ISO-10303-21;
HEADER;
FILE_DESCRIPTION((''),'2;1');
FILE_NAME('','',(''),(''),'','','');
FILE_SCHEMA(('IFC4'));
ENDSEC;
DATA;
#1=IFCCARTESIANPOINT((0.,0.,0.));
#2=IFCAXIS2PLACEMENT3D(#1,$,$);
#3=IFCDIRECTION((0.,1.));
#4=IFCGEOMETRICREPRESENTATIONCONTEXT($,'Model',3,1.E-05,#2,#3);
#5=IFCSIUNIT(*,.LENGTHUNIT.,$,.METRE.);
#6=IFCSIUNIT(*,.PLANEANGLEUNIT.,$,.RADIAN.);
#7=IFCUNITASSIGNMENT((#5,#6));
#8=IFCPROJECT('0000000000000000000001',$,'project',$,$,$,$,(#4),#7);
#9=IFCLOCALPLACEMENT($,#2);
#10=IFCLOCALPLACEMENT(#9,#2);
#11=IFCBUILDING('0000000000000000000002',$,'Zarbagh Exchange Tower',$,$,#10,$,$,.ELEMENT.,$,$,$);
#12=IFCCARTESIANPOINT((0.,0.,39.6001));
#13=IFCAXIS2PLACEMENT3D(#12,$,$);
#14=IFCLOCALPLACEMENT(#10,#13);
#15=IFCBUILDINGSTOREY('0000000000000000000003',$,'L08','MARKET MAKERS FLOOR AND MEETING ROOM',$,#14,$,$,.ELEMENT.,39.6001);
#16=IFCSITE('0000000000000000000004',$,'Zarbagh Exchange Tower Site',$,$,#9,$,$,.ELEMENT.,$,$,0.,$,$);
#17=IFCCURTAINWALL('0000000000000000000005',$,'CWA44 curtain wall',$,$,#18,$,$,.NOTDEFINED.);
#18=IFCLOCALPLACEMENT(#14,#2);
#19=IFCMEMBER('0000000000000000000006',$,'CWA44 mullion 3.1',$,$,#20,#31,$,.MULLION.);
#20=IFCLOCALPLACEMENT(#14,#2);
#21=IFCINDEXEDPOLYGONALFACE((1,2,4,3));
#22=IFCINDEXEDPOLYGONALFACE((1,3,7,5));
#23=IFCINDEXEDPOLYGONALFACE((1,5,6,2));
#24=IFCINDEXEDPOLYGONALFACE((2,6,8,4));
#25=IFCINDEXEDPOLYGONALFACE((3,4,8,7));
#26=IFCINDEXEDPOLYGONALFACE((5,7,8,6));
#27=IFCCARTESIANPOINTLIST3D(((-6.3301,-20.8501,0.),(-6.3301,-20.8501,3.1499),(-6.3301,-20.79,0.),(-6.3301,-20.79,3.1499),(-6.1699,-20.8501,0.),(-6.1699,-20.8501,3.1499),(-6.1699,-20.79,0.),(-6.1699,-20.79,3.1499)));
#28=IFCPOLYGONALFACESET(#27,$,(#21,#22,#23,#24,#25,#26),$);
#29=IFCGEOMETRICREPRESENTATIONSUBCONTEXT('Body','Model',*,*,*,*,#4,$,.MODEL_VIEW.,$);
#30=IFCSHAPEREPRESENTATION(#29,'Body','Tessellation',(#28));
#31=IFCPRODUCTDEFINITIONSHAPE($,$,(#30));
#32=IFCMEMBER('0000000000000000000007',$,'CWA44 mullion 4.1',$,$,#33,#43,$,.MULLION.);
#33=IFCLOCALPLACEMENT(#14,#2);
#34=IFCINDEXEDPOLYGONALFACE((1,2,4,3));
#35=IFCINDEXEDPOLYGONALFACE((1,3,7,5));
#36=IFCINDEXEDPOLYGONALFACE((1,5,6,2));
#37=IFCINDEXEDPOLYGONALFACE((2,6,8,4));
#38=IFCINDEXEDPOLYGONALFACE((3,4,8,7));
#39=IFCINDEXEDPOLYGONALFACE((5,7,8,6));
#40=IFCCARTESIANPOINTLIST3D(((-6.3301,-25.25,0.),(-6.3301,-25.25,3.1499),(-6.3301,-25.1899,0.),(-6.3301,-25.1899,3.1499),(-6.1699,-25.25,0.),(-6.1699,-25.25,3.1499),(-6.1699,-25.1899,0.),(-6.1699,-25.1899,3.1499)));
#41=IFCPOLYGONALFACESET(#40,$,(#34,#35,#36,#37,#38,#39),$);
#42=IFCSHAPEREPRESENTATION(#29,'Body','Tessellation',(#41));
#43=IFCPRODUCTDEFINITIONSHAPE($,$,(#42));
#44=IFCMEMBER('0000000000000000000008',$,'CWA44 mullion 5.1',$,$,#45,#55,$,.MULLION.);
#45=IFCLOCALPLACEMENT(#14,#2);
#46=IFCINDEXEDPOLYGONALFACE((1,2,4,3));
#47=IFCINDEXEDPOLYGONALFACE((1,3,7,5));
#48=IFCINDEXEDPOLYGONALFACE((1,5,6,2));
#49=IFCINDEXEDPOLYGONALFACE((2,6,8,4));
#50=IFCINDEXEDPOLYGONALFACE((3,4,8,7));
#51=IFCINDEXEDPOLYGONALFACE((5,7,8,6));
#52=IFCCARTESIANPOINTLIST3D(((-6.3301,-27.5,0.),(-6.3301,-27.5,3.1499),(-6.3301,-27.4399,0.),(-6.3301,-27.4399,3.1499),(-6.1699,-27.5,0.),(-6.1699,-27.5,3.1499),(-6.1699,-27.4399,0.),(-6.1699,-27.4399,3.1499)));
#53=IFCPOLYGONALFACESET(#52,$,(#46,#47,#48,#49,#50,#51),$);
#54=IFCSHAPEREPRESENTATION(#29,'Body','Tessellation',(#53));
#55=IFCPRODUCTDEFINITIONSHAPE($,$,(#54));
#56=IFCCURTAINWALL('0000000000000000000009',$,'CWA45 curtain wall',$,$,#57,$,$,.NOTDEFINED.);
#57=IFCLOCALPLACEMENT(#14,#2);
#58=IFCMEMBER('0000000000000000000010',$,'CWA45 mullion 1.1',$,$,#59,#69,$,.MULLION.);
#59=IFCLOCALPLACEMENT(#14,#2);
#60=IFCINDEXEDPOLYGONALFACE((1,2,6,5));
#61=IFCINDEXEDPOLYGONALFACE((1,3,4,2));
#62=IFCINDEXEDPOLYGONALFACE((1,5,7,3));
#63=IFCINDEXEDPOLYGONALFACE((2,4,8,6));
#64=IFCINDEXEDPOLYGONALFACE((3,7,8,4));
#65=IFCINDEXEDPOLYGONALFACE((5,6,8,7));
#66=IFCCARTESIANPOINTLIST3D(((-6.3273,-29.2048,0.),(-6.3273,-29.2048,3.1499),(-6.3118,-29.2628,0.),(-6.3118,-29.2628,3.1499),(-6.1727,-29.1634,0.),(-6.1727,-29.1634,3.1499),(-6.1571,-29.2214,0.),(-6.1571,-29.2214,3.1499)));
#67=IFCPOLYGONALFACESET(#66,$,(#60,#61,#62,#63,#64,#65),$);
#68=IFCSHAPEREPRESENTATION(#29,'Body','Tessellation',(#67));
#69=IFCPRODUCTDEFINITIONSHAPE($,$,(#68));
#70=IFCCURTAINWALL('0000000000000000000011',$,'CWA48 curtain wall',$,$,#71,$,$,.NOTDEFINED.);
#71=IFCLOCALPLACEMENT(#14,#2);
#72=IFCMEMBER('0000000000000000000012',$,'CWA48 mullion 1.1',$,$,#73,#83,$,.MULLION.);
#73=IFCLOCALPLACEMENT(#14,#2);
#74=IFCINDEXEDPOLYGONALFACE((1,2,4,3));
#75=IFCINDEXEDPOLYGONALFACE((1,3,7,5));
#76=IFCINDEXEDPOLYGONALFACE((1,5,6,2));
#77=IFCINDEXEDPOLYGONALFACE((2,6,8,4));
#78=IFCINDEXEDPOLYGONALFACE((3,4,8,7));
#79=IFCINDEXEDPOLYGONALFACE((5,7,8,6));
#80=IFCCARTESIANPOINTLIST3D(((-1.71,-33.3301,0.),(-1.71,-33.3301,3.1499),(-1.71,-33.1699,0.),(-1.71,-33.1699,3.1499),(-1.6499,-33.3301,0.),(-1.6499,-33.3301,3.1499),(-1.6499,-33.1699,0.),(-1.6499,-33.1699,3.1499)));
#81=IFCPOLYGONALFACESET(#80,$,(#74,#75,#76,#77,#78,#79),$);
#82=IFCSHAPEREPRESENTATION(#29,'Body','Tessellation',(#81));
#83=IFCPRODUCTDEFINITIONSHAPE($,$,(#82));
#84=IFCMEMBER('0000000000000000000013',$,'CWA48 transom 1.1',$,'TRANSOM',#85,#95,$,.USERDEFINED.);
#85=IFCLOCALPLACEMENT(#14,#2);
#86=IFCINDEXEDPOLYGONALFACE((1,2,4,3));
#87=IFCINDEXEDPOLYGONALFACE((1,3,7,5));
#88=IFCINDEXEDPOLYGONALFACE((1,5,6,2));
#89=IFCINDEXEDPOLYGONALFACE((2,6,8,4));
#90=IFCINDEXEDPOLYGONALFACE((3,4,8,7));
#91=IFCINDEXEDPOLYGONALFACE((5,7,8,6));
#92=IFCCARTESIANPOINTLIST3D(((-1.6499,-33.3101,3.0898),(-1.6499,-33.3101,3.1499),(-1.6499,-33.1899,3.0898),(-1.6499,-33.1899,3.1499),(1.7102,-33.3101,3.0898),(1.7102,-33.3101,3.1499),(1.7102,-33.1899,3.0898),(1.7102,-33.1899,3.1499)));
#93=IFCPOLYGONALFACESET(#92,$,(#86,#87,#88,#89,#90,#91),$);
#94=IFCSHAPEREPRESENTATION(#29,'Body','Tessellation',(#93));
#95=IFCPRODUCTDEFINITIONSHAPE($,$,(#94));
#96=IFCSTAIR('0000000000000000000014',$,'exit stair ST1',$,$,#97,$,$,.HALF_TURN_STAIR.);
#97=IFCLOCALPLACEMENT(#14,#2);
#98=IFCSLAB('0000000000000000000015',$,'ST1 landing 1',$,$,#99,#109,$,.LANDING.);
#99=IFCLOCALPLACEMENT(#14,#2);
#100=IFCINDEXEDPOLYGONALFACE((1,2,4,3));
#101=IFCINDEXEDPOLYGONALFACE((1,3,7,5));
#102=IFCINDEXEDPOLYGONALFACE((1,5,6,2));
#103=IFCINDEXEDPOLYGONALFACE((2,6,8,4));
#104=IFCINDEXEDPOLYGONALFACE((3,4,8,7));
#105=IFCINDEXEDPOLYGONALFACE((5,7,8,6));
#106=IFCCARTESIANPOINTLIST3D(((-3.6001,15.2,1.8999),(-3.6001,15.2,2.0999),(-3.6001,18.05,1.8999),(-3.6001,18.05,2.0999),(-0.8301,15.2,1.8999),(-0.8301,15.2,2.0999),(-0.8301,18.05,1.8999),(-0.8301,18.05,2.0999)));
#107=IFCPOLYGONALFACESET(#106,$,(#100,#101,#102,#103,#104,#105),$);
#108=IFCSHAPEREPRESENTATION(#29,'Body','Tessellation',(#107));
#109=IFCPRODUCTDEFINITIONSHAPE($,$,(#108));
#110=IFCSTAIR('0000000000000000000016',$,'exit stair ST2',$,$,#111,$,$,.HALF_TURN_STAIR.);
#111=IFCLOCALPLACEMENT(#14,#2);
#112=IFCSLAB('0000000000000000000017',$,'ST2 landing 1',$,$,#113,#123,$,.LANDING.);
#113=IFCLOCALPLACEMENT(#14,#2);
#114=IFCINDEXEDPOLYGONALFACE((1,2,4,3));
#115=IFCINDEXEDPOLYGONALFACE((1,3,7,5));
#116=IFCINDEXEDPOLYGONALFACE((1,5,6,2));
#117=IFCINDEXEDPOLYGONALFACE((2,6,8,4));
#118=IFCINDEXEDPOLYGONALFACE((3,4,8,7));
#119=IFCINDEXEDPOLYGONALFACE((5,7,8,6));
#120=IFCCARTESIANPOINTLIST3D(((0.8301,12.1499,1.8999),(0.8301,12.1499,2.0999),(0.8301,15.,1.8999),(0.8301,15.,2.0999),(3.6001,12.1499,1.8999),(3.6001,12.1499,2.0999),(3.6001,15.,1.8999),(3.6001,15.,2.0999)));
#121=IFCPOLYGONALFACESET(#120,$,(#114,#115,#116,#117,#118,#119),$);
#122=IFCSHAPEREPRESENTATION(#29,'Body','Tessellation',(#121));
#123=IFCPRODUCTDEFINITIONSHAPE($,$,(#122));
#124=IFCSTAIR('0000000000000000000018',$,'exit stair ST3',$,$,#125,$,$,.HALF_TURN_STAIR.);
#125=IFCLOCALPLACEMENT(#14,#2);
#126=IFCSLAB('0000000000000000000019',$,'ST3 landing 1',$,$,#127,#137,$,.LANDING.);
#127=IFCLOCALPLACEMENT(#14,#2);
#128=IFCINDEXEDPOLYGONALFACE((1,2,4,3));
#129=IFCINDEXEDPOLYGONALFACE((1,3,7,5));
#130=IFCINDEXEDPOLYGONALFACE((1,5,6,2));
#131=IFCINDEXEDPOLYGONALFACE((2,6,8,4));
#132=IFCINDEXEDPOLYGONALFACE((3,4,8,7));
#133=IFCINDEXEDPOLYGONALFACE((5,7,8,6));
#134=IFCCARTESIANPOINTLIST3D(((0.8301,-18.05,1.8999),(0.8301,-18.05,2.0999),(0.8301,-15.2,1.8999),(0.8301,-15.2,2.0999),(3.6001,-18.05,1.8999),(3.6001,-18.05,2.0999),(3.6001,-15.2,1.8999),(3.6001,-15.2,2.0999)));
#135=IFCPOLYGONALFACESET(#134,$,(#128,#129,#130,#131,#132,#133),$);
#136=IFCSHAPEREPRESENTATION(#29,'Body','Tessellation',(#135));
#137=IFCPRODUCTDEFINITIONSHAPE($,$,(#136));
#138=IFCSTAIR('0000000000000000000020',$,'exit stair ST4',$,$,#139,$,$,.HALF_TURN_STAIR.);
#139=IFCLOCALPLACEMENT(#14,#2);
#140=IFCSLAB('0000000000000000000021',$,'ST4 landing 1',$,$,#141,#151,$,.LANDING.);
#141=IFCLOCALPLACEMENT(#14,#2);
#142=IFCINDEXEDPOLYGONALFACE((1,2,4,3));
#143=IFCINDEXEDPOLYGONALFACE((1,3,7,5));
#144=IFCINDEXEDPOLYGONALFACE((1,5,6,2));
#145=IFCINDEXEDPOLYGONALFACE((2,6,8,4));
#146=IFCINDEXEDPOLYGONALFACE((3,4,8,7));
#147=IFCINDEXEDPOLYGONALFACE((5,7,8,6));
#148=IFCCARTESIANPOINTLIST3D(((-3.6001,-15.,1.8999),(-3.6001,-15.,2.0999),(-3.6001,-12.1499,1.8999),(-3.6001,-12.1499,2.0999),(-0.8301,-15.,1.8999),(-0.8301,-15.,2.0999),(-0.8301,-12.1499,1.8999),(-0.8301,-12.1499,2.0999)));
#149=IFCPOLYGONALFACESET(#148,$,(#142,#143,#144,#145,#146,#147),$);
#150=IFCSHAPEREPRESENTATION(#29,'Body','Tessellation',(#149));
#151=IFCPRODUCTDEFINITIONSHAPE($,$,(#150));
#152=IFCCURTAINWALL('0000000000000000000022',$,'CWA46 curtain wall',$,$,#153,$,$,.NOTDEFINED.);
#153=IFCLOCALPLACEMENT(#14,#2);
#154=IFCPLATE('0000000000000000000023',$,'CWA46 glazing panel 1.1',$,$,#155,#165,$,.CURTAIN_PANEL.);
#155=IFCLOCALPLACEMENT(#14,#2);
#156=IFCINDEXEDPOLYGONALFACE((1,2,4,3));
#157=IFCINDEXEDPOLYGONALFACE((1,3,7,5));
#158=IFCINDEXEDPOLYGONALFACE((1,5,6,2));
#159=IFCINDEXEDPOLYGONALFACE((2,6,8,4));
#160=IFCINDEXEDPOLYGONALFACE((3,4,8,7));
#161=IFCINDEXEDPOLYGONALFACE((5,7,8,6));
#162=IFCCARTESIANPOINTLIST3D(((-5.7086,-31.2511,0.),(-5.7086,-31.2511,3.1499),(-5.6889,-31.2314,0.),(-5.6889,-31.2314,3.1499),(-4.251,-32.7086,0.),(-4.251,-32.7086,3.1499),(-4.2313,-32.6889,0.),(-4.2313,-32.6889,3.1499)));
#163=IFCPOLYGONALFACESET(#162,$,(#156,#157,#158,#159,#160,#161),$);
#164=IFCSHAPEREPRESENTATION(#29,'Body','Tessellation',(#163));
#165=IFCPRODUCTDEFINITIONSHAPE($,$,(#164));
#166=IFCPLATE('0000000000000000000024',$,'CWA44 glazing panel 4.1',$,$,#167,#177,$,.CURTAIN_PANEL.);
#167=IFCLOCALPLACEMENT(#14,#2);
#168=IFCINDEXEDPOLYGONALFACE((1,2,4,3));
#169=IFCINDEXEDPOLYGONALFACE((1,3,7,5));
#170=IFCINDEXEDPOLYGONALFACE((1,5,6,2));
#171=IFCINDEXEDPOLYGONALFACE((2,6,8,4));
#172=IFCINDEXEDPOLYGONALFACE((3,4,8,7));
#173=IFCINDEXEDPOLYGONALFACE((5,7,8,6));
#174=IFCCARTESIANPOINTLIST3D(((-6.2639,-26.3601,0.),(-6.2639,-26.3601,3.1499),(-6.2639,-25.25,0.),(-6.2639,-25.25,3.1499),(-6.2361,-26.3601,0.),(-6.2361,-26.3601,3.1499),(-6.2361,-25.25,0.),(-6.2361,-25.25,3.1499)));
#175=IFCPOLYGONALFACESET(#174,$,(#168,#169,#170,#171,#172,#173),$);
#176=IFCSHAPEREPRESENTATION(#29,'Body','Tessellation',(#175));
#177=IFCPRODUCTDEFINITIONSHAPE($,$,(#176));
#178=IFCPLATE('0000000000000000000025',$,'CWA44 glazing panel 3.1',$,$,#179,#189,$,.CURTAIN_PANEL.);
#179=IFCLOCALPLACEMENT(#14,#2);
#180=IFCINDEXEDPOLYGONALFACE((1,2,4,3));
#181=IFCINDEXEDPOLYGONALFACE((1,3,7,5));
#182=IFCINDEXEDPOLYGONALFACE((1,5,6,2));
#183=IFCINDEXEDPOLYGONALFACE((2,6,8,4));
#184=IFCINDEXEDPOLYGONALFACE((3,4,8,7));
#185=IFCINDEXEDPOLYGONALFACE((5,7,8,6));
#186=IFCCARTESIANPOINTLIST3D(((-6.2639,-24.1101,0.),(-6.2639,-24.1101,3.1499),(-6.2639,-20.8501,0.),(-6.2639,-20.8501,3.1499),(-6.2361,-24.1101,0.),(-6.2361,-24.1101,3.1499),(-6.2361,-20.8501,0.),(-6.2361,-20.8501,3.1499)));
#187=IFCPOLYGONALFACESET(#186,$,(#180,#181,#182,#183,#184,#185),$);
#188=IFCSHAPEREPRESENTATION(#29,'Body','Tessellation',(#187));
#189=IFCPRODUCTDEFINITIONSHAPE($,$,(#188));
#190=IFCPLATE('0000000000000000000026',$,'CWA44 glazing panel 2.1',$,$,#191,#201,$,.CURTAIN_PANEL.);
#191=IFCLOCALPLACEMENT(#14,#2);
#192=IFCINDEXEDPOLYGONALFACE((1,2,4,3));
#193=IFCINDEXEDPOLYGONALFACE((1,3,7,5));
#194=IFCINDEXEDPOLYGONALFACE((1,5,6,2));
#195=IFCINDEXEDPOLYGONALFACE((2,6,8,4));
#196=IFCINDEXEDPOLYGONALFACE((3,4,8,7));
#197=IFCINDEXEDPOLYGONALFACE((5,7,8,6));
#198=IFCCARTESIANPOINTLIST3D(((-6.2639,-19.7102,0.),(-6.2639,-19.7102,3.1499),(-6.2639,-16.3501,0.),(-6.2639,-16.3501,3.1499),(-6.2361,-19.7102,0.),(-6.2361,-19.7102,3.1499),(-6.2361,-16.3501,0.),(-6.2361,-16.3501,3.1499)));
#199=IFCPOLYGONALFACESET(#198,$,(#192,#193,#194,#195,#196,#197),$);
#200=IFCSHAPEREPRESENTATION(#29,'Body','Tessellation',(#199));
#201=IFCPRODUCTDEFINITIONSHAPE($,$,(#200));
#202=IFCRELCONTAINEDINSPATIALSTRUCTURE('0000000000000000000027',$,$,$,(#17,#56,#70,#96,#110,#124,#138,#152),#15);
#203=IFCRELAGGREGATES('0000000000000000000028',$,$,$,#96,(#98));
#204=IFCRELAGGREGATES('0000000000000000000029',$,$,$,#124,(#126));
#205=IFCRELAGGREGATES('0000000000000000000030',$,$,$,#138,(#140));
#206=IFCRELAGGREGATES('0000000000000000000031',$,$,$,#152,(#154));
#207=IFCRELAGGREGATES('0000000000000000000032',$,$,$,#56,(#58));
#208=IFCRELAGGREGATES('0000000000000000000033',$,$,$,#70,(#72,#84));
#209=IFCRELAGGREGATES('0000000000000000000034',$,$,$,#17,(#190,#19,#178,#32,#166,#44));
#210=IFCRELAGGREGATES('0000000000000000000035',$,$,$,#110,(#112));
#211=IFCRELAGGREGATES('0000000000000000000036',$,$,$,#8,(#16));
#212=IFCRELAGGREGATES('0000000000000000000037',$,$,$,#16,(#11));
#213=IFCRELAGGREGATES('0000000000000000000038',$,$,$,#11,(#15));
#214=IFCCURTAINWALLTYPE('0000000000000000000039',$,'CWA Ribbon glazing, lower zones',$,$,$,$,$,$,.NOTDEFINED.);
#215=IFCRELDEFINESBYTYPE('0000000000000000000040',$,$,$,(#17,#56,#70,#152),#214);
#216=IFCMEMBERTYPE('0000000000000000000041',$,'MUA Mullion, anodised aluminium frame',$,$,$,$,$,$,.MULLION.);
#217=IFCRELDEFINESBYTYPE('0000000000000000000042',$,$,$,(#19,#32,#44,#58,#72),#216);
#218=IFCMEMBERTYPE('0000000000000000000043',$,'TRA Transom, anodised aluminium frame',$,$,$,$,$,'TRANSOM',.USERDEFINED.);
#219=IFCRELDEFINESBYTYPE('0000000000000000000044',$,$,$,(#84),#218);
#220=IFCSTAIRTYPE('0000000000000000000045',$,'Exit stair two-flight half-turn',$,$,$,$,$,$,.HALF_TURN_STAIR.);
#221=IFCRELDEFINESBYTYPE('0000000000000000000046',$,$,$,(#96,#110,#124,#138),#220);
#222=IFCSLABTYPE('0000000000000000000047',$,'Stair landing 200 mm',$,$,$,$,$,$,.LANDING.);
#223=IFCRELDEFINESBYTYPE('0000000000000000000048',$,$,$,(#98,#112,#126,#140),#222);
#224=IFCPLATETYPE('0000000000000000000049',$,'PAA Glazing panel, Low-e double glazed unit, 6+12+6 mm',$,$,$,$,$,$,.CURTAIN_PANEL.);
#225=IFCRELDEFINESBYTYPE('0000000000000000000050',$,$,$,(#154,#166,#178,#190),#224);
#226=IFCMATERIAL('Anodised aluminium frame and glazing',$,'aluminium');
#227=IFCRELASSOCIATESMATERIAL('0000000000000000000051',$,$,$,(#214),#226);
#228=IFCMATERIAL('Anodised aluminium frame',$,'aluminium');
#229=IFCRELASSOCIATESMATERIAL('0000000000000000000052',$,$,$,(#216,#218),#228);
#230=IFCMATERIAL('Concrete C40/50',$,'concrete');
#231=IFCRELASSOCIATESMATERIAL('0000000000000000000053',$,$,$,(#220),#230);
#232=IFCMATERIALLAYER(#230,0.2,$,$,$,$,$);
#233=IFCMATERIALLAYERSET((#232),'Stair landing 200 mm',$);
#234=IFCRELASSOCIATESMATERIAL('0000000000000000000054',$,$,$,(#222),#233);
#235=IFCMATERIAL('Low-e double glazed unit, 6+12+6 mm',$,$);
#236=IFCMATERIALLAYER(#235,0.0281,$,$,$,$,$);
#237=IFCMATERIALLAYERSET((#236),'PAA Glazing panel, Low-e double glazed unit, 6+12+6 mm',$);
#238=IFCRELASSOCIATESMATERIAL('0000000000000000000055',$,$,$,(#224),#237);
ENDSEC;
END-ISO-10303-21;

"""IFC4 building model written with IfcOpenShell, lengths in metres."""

from ifc_helpers import new_model, si_unit, direction, frame, origin, place, context, subcontext, project, spatial, polyline, outline, extrude, source, transform, mapped, material, layer, layer_set, type_object, element, aggregate, save


model = new_model("IFC4")

# Units and contexts
model_context = context("Model", 3, precision=1e-05, world=origin(), true_north=direction((0.0, 1.0)))
body_context = subcontext(model_context, "Body", "Model", "MODEL_VIEW")
ifc_project = project(units=[si_unit("LENGTHUNIT", "METRE"), si_unit("PLANEANGLEUNIT", "RADIAN")], contexts=[model_context])

# Site, building, storey
site_placement = place(None, origin())
site = spatial("IfcSite", under=ifc_project, at=site_placement, Name="Zarbagh Exchange Tower Site", CompositionType="ELEMENT", RefElevation=0.0)
building_placement = place(site_placement, origin())
building = spatial("IfcBuilding", under=site, at=building_placement, Name="Zarbagh Exchange Tower", CompositionType="ELEMENT")
storey_placement = place(building_placement, frame((0.0, 0.0, 39.6001)))
storey = spatial("IfcBuildingStorey", under=building, at=storey_placement, Name="L08", Description="MARKET MAKERS FLOOR AND MEETING ROOM", CompositionType="ELEMENT", Elevation=39.6001)

# Curtain wall, members
ifc_material_1 = material(Name="Anodised aluminium frame and glazing", Category="aluminium")
curtain_wall_type = type_object("IfcCurtainWallType", Name="CWA Ribbon glazing, lower zones", PredefinedType="NOTDEFINED", material=ifc_material_1)
curtain_wall_1_placement = place(storey_placement, origin())
curtain_wall_1 = element("IfcCurtainWall", 1, at=curtain_wall_1_placement, inside=storey, type_object=curtain_wall_type, Name="CWA44 curtain wall", PredefinedType="NOTDEFINED")
ifc_material_2 = material(Name="Anodised aluminium frame", Category="aluminium")
member_type_1 = type_object("IfcMemberType", Name="MUA Mullion, anodised aluminium frame", PredefinedType="MULLION", material=ifc_material_2)
shared_shape_1 = source(origin(), body_context, "Body", "SweptSolid", [
    extrude(outline(polyline([(0.0, -0.0801), (0.0601, -0.0801), (0.0601, 0.0801), (0.0, 0.0801), (0.0, -0.0801)])), origin(), (0.0, 0.0, 1.0), 3.1499),
])
placement = place(storey_placement, origin())
member_1 = element("IfcMember", 2, at=placement, type_object=member_type_1, Name="CWA44 mullion 3.1", PredefinedType="MULLION", context=body_context, shape_type="MappedRepresentation", body=[
    mapped(shared_shape_1, transform((-6.25, -20.79, 0.0), x_axis=(0.0, -1.0, 0.0), y_axis=(1.0, 0.0, 0.0), z_axis=(0.0, 0.0, 1.0))),
])
member_2 = element("IfcMember", 3, at=placement, type_object=member_type_1, Name="CWA44 mullion 4.1", PredefinedType="MULLION", context=body_context, shape_type="MappedRepresentation", body=[
    mapped(shared_shape_1, transform((-6.25, -25.1899, 0.0), x_axis=(0.0, -1.0, 0.0), y_axis=(1.0, 0.0, 0.0), z_axis=(0.0, 0.0, 1.0))),
])
member_3 = element("IfcMember", 4, at=placement, type_object=member_type_1, Name="CWA44 mullion 5.1", PredefinedType="MULLION", context=body_context, shape_type="MappedRepresentation", body=[
    mapped(shared_shape_1, transform((-6.25, -27.4399, 0.0), x_axis=(0.0, -1.0, 0.0), y_axis=(1.0, 0.0, 0.0), z_axis=(0.0, 0.0, 1.0))),
])

# Curtain wall, member
curtain_wall_2_placement = place(storey_placement, origin())
curtain_wall_2 = element("IfcCurtainWall", 5, at=curtain_wall_2_placement, inside=storey, type_object=curtain_wall_type, Name="CWA45 curtain wall", PredefinedType="NOTDEFINED")
member_4 = element("IfcMember", 6, at=placement, type_object=member_type_1, Name="CWA45 mullion 1.1", PredefinedType="MULLION", context=body_context, shape_type="MappedRepresentation", body=[
    mapped(shared_shape_1, transform((-6.25, -29.1841, 0.0), x_axis=(0.258825, -0.965924, 0.0), y_axis=(0.965924, 0.258825, 0.0), z_axis=(0.0, 0.0, 1.0))),
])

# Curtain wall, members
curtain_wall_3_placement = place(storey_placement, origin())
curtain_wall_3 = element("IfcCurtainWall", 7, at=curtain_wall_3_placement, inside=storey, type_object=curtain_wall_type, Name="CWA48 curtain wall", PredefinedType="NOTDEFINED")
member_5 = element("IfcMember", 8, at=placement, type_object=member_type_1, Name="CWA48 mullion 1.1", PredefinedType="MULLION", context=body_context, shape_type="MappedRepresentation", body=[
    mapped(shared_shape_1, transform((-1.71, -33.25, 0.0), x_axis=(1.0, 0.0, 0.0), y_axis=(0.0, 1.0, 0.0), z_axis=(0.0, 0.0, 1.0))),
])
member_type_2 = type_object("IfcMemberType", Name="TRA Transom, anodised aluminium frame", ElementType="TRANSOM", PredefinedType="USERDEFINED", material=ifc_material_2)
shared_shape_2 = source(origin(), body_context, "Body", "SweptSolid", [
    extrude(outline(polyline([(-0.0601, -0.0601), (0.0, -0.0601), (0.0, 0.0601), (-0.0601, 0.0601), (-0.0601, -0.0601)])), origin(), (0.0, 0.0, 1.0), 3.3601),
])
member_6 = element("IfcMember", 9, at=placement, type_object=member_type_2, Name="CWA48 transom 1.1", ObjectType="TRANSOM", PredefinedType="USERDEFINED", context=body_context, shape_type="MappedRepresentation", body=[
    mapped(shared_shape_2, transform((-1.6499, -33.25, 3.1499), x_axis=(0.0, 0.0, 1.0), y_axis=(0.0, -1.0, 0.0), z_axis=(1.0, 0.0, 0.0))),
])

# Stairs, slabs
ifc_material_3 = material(Name="Concrete C40/50", Category="concrete")
stair_type = type_object("IfcStairType", Name="Exit stair two-flight half-turn", PredefinedType="HALF_TURN_STAIR", material=ifc_material_3)
stair_1_placement = place(storey_placement, origin())
stair_1 = element("IfcStair", 10, at=stair_1_placement, inside=storey, type_object=stair_type, Name="exit stair ST1", PredefinedType="HALF_TURN_STAIR")
ifc_layer_1 = layer(ifc_material_3, 0.2)
ifc_layer_set_1 = layer_set([ifc_layer_1], Name="Stair landing 200 mm")
slab_type = type_object("IfcSlabType", Name="Stair landing 200 mm", PredefinedType="LANDING", material=ifc_layer_set_1)
slab_1_placement = place(storey_placement, frame((0.0, 0.0, 1.8999)))
slab_1 = element("IfcSlab", 11, at=slab_1_placement, type_object=slab_type, Name="ST1 landing 1", PredefinedType="LANDING", context=body_context, shape_type="SweptSolid", body=[
    extrude(outline(polyline([(-0.8301, 18.05), (-3.6001, 18.05), (-3.6001, 15.2), (-0.8301, 15.2), (-0.8301, 18.05)])), origin(), (0.0, 0.0, 1.0), 0.2),
])
aggregate(stair_1, [slab_1])
stair_2_placement = place(storey_placement, origin())
stair_2 = element("IfcStair", 12, at=stair_2_placement, inside=storey, type_object=stair_type, Name="exit stair ST2", PredefinedType="HALF_TURN_STAIR")
slab_2_placement = place(storey_placement, frame((0.0, 0.0, 1.8999)))
slab_2 = element("IfcSlab", 13, at=slab_2_placement, type_object=slab_type, Name="ST2 landing 1", PredefinedType="LANDING", context=body_context, shape_type="SweptSolid", body=[
    extrude(outline(polyline([(0.8301, 12.1499), (3.6001, 12.1499), (3.6001, 15.0), (0.8301, 15.0), (0.8301, 12.1499)])), origin(), (0.0, 0.0, 1.0), 0.2),
])
stair_3_placement = place(storey_placement, origin())
stair_3 = element("IfcStair", 14, at=stair_3_placement, inside=storey, type_object=stair_type, Name="exit stair ST3", PredefinedType="HALF_TURN_STAIR")
slab_3_placement = place(storey_placement, frame((0.0, 0.0, 1.8999)))
slab_3 = element("IfcSlab", 15, at=slab_3_placement, type_object=slab_type, Name="ST3 landing 1", PredefinedType="LANDING", context=body_context, shape_type="SweptSolid", body=[
    extrude(outline(polyline([(0.8301, -18.05), (3.6001, -18.05), (3.6001, -15.2), (0.8301, -15.2), (0.8301, -18.05)])), origin(), (0.0, 0.0, 1.0), 0.2),
])
aggregate(stair_3, [slab_3])
stair_4_placement = place(storey_placement, origin())
stair_4 = element("IfcStair", 16, at=stair_4_placement, inside=storey, type_object=stair_type, Name="exit stair ST4", PredefinedType="HALF_TURN_STAIR")
slab_4_placement = place(storey_placement, frame((0.0, 0.0, 1.8999)))
slab_4 = element("IfcSlab", 17, at=slab_4_placement, type_object=slab_type, Name="ST4 landing 1", PredefinedType="LANDING", context=body_context, shape_type="SweptSolid", body=[
    extrude(outline(polyline([(-0.8301, -12.1499), (-3.6001, -12.1499), (-3.6001, -15.0), (-0.8301, -15.0), (-0.8301, -12.1499)])), origin(), (0.0, 0.0, 1.0), 0.2),
])
aggregate(stair_4, [slab_4])

# Curtain wall, plate
curtain_wall_4_placement = place(storey_placement, origin())
curtain_wall_4 = element("IfcCurtainWall", 18, at=curtain_wall_4_placement, inside=storey, type_object=curtain_wall_type, Name="CWA46 curtain wall", PredefinedType="NOTDEFINED")
ifc_material_4 = material(Name="Low-e double glazed unit, 6+12+6 mm")
ifc_layer_2 = layer(ifc_material_4, 0.0281)
ifc_layer_set_2 = layer_set([ifc_layer_2], Name="PAA Glazing panel, Low-e double glazed unit, 6+12+6 mm")
plate_type = type_object("IfcPlateType", Name="PAA Glazing panel, Low-e double glazed unit, 6+12+6 mm", PredefinedType="CURTAIN_PANEL", material=ifc_layer_set_2)
shared_shape_3 = source(origin(), body_context, "Body", "SweptSolid", [
    extrude(outline(polyline([(0.0, -0.0139), (2.0613, -0.0139), (2.0613, 0.0139), (0.0, 0.0139), (0.0, -0.0139)])), origin(), (0.0, 0.0, 1.0), 3.1499),
])
plate_1 = element("IfcPlate", 19, at=placement, type_object=plate_type, Name="CWA46 glazing panel 1.1", PredefinedType="CURTAIN_PANEL", context=body_context, shape_type="MappedRepresentation", body=[
    mapped(shared_shape_3, transform((-5.6987, -31.2412, 0.0), x_axis=(0.707107, -0.707107, 0.0), y_axis=(0.707107, 0.707107, 0.0), z_axis=(0.0, 0.0, 1.0))),
])
aggregate(curtain_wall_4, [plate_1])

# Plates
shared_shape_4 = source(origin(), body_context, "Body", "SweptSolid", [
    extrude(outline(polyline([(0.0, -0.0139), (1.1101, -0.0139), (1.1101, 0.0139), (0.0, 0.0139), (0.0, -0.0139)])), origin(), (0.0, 0.0, 1.0), 3.1499),
])
plate_2 = element("IfcPlate", 20, at=placement, type_object=plate_type, Name="CWA44 glazing panel 4.1", PredefinedType="CURTAIN_PANEL", context=body_context, shape_type="MappedRepresentation", body=[
    mapped(shared_shape_4, transform((-6.25, -25.25, 0.0), x_axis=(0.0, -1.0, 0.0), y_axis=(1.0, 0.0, 0.0), z_axis=(0.0, 0.0, 1.0))),
])
shared_shape_5 = source(origin(), body_context, "Body", "SweptSolid", [
    extrude(outline(polyline([(0.0, -0.0139), (3.26, -0.0139), (3.26, 0.0139), (0.0, 0.0139), (0.0, -0.0139)])), origin(), (0.0, 0.0, 1.0), 3.1499),
])
plate_3 = element("IfcPlate", 21, at=placement, type_object=plate_type, Name="CWA44 glazing panel 3.1", PredefinedType="CURTAIN_PANEL", context=body_context, shape_type="MappedRepresentation", body=[
    mapped(shared_shape_5, transform((-6.25, -20.8501, 0.0), x_axis=(0.0, -1.0, 0.0), y_axis=(1.0, 0.0, 0.0), z_axis=(0.0, 0.0, 1.0))),
])
shared_shape_6 = source(origin(), body_context, "Body", "SweptSolid", [
    extrude(outline(polyline([(0.0, -0.0139), (3.3601, -0.0139), (3.3601, 0.0139), (0.0, 0.0139), (0.0, -0.0139)])), origin(), (0.0, 0.0, 1.0), 3.1499),
])
plate_4 = element("IfcPlate", 22, at=placement, type_object=plate_type, Name="CWA44 glazing panel 2.1", PredefinedType="CURTAIN_PANEL", context=body_context, shape_type="MappedRepresentation", body=[
    mapped(shared_shape_6, transform((-6.25, -16.3501, 0.0), x_axis=(0.0, -1.0, 0.0), y_axis=(1.0, 0.0, 0.0), z_axis=(0.0, 0.0, 1.0))),
])
aggregate(curtain_wall_2, [member_4])

aggregate(curtain_wall_3, [member_5, member_6])
aggregate(curtain_wall_1, [plate_4, member_1, plate_3, member_2, plate_2, member_3])

aggregate(stair_2, [slab_2])

save(model, "model.ifc")
